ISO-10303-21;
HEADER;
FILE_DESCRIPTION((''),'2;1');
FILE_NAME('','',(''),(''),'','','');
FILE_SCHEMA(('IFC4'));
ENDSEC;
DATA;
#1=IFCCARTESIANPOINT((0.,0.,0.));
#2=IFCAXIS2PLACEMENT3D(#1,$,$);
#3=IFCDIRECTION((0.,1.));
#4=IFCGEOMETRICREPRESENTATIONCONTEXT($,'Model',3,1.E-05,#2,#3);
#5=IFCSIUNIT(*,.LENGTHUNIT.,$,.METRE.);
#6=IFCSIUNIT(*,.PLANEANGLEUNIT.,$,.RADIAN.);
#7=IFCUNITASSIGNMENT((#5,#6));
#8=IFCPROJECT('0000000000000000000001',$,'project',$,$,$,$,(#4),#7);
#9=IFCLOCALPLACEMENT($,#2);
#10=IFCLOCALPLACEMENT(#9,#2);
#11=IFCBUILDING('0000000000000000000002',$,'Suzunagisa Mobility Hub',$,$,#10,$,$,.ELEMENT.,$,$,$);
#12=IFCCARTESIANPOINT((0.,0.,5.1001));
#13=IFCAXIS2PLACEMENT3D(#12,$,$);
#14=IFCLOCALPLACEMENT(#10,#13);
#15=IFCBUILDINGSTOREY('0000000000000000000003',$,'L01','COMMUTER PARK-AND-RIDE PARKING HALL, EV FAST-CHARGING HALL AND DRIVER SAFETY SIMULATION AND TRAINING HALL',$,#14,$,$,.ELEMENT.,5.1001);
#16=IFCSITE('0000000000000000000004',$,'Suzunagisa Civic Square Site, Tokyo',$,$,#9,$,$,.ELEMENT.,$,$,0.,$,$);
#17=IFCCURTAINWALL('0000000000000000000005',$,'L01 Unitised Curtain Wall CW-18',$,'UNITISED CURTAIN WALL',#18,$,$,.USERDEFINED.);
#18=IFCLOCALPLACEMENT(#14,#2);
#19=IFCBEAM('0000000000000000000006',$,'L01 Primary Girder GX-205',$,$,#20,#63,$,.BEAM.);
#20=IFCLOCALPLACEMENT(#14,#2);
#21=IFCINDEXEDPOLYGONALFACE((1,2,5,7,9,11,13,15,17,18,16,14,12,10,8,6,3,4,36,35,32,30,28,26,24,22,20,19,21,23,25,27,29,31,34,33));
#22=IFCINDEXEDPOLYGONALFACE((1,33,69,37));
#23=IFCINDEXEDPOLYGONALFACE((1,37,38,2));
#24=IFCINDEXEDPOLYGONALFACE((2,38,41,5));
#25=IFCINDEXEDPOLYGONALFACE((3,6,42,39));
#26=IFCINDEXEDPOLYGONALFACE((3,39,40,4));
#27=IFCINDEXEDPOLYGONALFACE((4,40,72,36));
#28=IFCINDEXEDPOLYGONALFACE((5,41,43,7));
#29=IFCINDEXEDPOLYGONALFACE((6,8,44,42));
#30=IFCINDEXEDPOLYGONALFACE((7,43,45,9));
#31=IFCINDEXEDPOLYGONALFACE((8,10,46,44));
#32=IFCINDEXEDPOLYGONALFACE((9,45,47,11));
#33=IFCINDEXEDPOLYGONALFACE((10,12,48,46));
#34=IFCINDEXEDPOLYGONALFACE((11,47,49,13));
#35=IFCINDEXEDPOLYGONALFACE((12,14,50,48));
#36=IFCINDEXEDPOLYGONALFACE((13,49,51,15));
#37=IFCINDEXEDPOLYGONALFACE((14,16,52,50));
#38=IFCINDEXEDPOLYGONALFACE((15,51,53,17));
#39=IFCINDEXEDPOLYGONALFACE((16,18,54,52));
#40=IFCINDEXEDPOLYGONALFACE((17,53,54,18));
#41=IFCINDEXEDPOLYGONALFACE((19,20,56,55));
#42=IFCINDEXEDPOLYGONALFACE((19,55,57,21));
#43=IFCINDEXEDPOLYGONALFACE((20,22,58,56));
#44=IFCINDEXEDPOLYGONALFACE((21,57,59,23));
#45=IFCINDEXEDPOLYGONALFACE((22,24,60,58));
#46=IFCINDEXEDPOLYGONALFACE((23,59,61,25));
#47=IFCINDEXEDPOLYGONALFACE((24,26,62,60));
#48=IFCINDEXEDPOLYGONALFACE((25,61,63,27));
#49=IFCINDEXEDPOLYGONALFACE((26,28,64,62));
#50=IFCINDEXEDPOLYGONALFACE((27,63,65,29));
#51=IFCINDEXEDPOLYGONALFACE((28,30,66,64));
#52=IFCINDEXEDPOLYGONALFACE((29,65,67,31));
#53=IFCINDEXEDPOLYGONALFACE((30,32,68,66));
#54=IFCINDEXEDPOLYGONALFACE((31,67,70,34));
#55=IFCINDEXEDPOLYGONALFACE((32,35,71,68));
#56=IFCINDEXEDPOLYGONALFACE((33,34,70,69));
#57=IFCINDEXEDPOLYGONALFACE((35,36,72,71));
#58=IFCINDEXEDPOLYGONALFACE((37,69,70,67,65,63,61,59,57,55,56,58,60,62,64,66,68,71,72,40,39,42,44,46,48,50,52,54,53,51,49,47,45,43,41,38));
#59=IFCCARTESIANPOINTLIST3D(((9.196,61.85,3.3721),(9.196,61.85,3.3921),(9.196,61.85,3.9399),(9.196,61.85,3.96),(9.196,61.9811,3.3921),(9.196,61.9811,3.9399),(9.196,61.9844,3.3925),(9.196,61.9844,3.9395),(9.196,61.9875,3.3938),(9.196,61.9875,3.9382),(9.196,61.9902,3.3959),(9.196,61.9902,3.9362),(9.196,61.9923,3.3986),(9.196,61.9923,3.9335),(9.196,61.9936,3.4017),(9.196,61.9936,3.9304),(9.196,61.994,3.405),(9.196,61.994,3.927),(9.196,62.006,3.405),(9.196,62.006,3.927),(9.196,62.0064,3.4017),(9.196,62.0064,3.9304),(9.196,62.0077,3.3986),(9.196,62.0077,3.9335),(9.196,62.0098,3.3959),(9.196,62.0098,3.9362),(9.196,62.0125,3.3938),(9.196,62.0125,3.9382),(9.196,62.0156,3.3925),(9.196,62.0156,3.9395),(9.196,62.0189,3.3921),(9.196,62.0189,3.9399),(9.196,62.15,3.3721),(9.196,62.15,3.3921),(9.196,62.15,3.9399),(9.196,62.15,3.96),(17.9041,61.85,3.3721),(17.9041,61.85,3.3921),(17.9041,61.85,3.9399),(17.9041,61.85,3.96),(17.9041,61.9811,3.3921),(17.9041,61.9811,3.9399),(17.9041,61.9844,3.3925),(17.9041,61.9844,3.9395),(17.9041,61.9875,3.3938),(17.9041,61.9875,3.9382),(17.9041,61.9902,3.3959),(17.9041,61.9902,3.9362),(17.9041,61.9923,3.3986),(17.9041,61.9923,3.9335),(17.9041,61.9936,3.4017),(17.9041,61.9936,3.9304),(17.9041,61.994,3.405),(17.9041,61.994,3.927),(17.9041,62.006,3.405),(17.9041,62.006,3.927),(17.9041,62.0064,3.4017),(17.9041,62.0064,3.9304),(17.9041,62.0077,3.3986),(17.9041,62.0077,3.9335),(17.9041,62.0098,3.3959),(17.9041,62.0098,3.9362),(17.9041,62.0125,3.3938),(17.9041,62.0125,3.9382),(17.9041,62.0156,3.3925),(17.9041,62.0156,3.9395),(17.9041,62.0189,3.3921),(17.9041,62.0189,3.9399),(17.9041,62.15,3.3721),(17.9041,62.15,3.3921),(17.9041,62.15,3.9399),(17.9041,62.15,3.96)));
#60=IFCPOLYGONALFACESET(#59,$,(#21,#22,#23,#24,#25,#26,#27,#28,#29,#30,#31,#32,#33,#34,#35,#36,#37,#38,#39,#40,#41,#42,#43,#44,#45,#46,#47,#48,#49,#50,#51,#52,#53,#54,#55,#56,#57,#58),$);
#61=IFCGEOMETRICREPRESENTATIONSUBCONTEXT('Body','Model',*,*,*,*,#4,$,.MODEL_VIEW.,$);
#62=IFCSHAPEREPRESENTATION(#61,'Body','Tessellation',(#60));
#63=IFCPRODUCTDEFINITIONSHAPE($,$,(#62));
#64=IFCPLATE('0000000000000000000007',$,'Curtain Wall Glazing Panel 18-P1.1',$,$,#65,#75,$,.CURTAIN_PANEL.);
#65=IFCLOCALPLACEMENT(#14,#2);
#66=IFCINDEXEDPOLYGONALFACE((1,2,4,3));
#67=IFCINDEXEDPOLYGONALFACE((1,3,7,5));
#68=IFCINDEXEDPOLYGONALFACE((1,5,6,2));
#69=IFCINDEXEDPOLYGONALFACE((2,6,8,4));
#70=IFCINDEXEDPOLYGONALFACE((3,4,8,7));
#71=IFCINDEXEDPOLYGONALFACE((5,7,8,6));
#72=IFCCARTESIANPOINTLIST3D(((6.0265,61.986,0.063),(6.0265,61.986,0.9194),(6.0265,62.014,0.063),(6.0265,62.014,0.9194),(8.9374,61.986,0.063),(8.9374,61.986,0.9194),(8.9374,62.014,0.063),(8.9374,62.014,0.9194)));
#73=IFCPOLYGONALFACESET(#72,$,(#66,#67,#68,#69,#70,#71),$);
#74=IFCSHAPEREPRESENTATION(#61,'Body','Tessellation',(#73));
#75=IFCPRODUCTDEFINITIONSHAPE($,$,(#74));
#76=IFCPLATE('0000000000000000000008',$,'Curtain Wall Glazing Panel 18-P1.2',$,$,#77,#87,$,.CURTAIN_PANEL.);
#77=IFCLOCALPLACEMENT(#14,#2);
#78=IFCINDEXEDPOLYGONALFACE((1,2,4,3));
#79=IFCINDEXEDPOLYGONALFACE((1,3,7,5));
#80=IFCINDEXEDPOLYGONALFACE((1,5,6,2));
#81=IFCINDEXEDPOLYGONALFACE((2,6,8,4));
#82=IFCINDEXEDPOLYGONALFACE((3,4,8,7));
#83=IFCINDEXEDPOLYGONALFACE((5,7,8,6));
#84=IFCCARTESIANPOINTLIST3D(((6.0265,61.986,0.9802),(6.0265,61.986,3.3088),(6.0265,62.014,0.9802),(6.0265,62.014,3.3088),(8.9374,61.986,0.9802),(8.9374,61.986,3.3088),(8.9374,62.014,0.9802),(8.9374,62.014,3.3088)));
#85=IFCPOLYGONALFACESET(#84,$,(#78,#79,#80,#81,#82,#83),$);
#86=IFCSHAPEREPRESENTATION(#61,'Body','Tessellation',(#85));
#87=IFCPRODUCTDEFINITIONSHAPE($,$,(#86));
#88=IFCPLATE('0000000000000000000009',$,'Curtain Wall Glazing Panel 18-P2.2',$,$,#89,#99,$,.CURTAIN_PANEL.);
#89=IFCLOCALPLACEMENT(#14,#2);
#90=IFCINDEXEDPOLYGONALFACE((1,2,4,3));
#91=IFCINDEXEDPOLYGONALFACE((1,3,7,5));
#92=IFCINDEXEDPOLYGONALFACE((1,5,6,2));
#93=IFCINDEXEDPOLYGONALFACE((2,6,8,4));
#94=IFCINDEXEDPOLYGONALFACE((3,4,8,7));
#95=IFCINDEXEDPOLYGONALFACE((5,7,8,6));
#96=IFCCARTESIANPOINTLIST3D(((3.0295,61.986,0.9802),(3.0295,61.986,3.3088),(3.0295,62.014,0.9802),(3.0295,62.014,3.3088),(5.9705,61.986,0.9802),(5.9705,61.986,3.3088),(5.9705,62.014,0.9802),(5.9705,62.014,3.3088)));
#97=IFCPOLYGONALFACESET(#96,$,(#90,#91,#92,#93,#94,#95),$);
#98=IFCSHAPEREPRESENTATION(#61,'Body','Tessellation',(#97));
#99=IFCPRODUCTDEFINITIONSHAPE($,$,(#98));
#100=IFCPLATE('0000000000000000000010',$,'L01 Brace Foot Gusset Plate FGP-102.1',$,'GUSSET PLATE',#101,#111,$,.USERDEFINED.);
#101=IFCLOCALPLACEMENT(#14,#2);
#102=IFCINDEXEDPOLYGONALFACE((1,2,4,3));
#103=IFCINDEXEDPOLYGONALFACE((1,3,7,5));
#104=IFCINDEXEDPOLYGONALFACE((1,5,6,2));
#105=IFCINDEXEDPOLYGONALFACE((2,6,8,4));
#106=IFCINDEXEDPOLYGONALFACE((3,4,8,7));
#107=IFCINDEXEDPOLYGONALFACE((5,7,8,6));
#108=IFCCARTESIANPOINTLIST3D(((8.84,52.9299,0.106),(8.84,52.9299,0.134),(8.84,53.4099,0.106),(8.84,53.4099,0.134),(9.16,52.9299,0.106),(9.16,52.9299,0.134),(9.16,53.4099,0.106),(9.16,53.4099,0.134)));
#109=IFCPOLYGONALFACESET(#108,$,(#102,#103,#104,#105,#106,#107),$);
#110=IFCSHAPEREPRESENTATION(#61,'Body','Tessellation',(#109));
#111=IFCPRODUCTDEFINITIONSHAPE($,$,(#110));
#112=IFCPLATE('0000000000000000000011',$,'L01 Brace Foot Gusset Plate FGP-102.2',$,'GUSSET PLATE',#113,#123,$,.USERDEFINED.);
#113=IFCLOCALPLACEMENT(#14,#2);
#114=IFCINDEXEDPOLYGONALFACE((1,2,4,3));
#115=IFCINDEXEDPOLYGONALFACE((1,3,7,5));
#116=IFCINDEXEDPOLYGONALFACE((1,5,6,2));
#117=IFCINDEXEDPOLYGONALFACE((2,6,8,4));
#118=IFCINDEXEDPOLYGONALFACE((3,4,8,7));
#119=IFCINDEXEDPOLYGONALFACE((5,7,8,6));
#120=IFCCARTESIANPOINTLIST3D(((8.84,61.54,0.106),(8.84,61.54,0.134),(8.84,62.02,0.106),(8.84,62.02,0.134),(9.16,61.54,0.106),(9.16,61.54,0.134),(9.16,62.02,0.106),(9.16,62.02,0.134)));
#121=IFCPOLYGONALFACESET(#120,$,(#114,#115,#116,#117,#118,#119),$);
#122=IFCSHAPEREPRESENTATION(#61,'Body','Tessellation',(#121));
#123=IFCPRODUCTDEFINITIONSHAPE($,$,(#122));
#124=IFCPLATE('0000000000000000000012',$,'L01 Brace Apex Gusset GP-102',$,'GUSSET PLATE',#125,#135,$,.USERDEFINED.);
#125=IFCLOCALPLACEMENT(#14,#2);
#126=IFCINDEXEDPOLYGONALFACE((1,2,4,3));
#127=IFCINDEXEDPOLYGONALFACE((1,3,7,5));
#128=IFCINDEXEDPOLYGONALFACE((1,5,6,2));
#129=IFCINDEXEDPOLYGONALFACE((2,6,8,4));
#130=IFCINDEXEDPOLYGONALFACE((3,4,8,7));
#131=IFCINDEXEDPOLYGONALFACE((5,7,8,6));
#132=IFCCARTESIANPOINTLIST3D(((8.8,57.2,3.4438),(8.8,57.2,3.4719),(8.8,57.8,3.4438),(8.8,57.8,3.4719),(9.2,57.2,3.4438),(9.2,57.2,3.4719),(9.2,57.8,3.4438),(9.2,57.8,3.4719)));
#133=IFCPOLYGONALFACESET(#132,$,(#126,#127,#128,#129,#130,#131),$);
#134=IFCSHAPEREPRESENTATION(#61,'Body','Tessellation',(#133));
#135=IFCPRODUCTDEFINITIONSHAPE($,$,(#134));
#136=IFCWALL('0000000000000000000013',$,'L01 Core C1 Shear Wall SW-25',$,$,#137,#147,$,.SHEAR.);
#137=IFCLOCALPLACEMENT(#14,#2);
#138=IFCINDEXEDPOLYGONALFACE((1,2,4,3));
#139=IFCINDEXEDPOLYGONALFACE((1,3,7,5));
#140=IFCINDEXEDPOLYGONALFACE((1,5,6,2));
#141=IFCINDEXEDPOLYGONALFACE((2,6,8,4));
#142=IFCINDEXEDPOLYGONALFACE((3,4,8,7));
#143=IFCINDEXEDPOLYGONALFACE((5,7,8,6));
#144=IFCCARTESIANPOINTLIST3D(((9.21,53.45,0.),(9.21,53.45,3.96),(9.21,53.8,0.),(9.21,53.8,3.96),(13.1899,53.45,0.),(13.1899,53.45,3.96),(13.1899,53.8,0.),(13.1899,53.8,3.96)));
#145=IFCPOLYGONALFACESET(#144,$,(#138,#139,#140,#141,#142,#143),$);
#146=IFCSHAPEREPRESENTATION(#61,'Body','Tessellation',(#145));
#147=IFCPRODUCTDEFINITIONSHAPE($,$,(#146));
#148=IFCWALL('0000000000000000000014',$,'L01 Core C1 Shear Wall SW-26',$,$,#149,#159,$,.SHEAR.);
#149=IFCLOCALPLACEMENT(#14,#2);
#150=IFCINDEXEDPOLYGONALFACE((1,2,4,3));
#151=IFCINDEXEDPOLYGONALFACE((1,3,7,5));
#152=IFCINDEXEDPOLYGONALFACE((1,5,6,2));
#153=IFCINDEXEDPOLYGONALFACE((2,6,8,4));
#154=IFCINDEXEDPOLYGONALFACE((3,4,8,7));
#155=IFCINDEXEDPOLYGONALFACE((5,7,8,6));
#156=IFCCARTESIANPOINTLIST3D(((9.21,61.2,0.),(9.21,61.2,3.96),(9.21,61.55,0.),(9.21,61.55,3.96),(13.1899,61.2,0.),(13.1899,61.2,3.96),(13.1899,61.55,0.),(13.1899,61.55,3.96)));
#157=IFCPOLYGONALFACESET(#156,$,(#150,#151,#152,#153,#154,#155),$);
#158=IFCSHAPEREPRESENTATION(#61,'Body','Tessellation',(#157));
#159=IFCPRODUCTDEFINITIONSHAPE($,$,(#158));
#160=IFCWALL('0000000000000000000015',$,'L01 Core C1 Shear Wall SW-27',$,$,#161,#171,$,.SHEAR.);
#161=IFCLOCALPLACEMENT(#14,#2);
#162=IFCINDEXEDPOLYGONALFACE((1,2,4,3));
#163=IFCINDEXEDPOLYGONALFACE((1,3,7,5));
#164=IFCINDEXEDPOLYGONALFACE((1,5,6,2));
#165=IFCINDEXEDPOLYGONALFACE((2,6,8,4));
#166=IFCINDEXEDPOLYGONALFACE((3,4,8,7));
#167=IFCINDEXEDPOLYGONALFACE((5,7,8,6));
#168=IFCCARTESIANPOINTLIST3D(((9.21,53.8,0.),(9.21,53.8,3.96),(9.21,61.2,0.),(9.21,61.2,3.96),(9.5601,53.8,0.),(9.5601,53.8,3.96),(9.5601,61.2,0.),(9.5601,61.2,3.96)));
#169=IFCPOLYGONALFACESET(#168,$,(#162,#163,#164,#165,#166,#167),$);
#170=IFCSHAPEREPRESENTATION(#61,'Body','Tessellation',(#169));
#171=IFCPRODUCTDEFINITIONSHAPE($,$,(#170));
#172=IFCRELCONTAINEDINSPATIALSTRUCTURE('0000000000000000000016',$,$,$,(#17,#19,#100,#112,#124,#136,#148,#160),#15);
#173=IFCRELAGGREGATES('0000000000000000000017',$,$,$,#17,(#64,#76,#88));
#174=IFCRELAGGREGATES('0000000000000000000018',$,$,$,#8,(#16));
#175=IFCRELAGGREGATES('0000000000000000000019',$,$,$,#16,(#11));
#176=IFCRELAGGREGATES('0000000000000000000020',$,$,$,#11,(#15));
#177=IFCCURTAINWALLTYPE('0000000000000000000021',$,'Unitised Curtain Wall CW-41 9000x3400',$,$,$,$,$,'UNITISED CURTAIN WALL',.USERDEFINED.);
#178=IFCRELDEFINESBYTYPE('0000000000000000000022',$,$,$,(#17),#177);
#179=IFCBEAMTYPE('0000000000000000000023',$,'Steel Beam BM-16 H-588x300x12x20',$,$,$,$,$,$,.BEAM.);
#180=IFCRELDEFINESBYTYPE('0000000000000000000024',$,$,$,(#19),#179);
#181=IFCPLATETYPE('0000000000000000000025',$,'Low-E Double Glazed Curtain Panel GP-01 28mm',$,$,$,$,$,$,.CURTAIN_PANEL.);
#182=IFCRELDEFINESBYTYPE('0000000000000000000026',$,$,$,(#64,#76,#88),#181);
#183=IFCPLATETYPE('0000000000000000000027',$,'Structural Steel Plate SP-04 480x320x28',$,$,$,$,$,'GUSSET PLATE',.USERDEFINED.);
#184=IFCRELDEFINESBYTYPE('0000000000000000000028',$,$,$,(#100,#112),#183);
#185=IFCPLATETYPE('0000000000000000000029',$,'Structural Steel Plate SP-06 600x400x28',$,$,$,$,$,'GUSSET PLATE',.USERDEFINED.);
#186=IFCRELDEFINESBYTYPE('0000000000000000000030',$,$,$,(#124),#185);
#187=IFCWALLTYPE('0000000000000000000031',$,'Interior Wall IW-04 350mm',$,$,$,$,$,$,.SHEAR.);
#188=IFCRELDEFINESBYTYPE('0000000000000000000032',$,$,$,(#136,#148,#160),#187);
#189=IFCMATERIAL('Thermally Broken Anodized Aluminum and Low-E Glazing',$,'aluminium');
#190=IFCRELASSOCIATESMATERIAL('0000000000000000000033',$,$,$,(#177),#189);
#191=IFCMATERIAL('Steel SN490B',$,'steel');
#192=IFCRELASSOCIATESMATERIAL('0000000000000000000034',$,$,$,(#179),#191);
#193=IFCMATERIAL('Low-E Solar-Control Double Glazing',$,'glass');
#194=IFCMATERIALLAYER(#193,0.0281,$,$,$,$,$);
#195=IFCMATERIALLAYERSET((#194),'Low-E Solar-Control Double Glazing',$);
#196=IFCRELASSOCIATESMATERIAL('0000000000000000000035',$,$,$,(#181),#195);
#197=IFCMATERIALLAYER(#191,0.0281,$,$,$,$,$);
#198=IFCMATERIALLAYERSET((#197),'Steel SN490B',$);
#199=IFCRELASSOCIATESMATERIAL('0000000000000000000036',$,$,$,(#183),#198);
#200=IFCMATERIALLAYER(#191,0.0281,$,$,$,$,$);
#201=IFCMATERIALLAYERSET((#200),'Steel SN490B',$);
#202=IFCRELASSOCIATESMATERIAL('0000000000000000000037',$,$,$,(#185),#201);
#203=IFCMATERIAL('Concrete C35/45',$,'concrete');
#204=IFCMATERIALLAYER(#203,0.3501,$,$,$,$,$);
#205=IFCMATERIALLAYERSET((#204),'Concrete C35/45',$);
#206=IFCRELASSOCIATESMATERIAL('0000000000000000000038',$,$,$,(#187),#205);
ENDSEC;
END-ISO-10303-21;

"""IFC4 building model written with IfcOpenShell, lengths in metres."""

from ifc_helpers import new_model, si_unit, direction, frame, frame_2d, origin, origin_2d, place, context, subcontext, project, spatial, rectangle, i_section, extrude, material, layer, layer_set, material_profile, profile_set, type_object, element, aggregate, save


model = new_model("IFC4")

# Units and contexts
model_context = context("Model", 3, precision=1e-05, world=origin(), true_north=direction((0.0, 1.0)))
body_context = subcontext(model_context, "Body", "Model", "MODEL_VIEW")
ifc_project = project(units=[si_unit("LENGTHUNIT", "METRE"), si_unit("PLANEANGLEUNIT", "RADIAN")], contexts=[model_context])

# Site, building, storey
site_placement = place(None, origin())
site = spatial("IfcSite", under=ifc_project, at=site_placement, Name="Suzunagisa Civic Square Site, Tokyo", CompositionType="ELEMENT", RefElevation=0.0)
building_placement = place(site_placement, origin())
building = spatial("IfcBuilding", under=site, at=building_placement, Name="Suzunagisa Mobility Hub", CompositionType="ELEMENT")
storey_placement = place(building_placement, frame((0.0, 0.0, 5.1001)))
storey = spatial("IfcBuildingStorey", under=building, at=storey_placement, Name="L01", Description="COMMUTER PARK-AND-RIDE PARKING HALL, EV FAST-CHARGING HALL AND DRIVER SAFETY SIMULATION AND TRAINING HALL", CompositionType="ELEMENT", Elevation=5.1001)

# Shared definitions
ifc_material_1 = material(Name="Steel SN490B", Category="steel")

# Curtain wall
ifc_material_2 = material(Name="Thermally Broken Anodized Aluminum and Low-E Glazing", Category="aluminium")
curtain_wall_type = type_object("IfcCurtainWallType", Name="Unitised Curtain Wall CW-41 9000x3400", ElementType="UNITISED CURTAIN WALL", PredefinedType="USERDEFINED", material=ifc_material_2)
curtain_wall_placement = place(storey_placement, origin())
curtain_wall = element("IfcCurtainWall", 1, at=curtain_wall_placement, inside=storey, type_object=curtain_wall_type, Name="L01 Unitised Curtain Wall CW-18", ObjectType="UNITISED CURTAIN WALL", PredefinedType="USERDEFINED")

# Beam
ifc_material_profile_1 = material_profile(ifc_material_1, i_section(OverallWidth=0.3, OverallDepth=0.5879, WebThickness=0.012, FlangeThickness=0.02, FilletRadius=0.0129, at=origin_2d()), Name="H-588x300x12x20")
ifc_profile_set_1 = profile_set([ifc_material_profile_1], Name="Steel SN490B")
beam_type_1 = type_object("IfcBeamType", Name="Steel Beam BM-16 H-588x300x12x20", PredefinedType="BEAM", material=ifc_profile_set_1)
beam_1_placement = place(storey_placement, frame((9.196, 62.0, 3.666), z_axis=(1.0, 0.0, 0.0), x_axis=(0.0, 1.0, 0.0)))
element("IfcBeam", 2, at=beam_1_placement, inside=storey, type_object=beam_type_1, Name="L01 Primary Girder GX-205", PredefinedType="BEAM", context=body_context, shape_type="SweptSolid", body=[
    extrude(i_section(OverallWidth=0.3, OverallDepth=0.5879, WebThickness=0.012, FlangeThickness=0.02, FilletRadius=0.0129, at=origin_2d()), origin(), (0.0, 0.0, 1.0), 8.708),
])

# Plates
ifc_material_3 = material(Name="Low-E Solar-Control Double Glazing", Category="glass")
ifc_layer_1 = layer(ifc_material_3, 0.0281)
ifc_layer_set_1 = layer_set([ifc_layer_1], Name="Low-E Solar-Control Double Glazing")
plate_type_1 = type_object("IfcPlateType", Name="Low-E Double Glazed Curtain Panel GP-01 28mm", PredefinedType="CURTAIN_PANEL", material=ifc_layer_set_1)
plate_1_placement = place(storey_placement, frame((7.4819, 62.0, 0.063), z_axis=(0.0, 0.0, 1.0), x_axis=(-1.0, 0.0, 0.0)))
plate_1 = element("IfcPlate", 3, at=plate_1_placement, type_object=plate_type_1, Name="Curtain Wall Glazing Panel 18-P1.1", PredefinedType="CURTAIN_PANEL", context=body_context, shape_type="SweptSolid", body=[
    extrude(rectangle(XDim=2.9109, YDim=0.0281, at=origin_2d()), origin(), (0.0, 0.0, 1.0), 0.8564),
])
plate_2_placement = place(storey_placement, frame((7.4819, 62.0, 0.9802), z_axis=(0.0, 0.0, 1.0), x_axis=(-1.0, 0.0, 0.0)))
plate_2 = element("IfcPlate", 4, at=plate_2_placement, type_object=plate_type_1, Name="Curtain Wall Glazing Panel 18-P1.2", PredefinedType="CURTAIN_PANEL", context=body_context, shape_type="SweptSolid", body=[
    extrude(rectangle(XDim=2.9109, YDim=0.0281, at=origin_2d()), origin(), (0.0, 0.0, 1.0), 2.3286),
])
plate_3_placement = place(storey_placement, frame((4.5, 62.0, 0.9802), z_axis=(0.0, 0.0, 1.0), x_axis=(-1.0, 0.0, 0.0)))
plate_3 = element("IfcPlate", 5, at=plate_3_placement, type_object=plate_type_1, Name="Curtain Wall Glazing Panel 18-P2.2", PredefinedType="CURTAIN_PANEL", context=body_context, shape_type="SweptSolid", body=[
    extrude(rectangle(XDim=2.9409, YDim=0.0281, at=origin_2d()), origin(), (0.0, 0.0, 1.0), 2.3286),
])
aggregate(curtain_wall, [plate_1, plate_2, plate_3])

# Plates
ifc_layer_2 = layer(ifc_material_1, 0.0281)
ifc_layer_set_2 = layer_set([ifc_layer_2], Name="Steel SN490B")
plate_type_2 = type_object("IfcPlateType", Name="Structural Steel Plate SP-04 480x320x28", ElementType="GUSSET PLATE", PredefinedType="USERDEFINED", material=ifc_layer_set_2)
for number, where, z_axis, x_axis, name in (
    (6, (9.0, 53.1699, 0.106), (0.0, 0.0, 1.0), (1.0, 0.0, 0.0), "L01 Brace Foot Gusset Plate FGP-102.1"),
    (7, (9.0, 61.78, 0.106), (0.0, 0.0, 1.0), (1.0, 0.0, 0.0), "L01 Brace Foot Gusset Plate FGP-102.2"),
):
    element("IfcPlate", number, at=place(storey_placement, frame(where, z_axis=z_axis, x_axis=x_axis)), inside=storey, type_object=plate_type_2, Name=name, ObjectType="GUSSET PLATE", PredefinedType="USERDEFINED", context=body_context, shape_type="SweptSolid", body=[
        extrude(rectangle(XDim=0.3201, YDim=0.48, at=origin_2d()), origin(), (0.0, 0.0, 1.0), 0.0281),
    ])
ifc_layer_3 = layer(ifc_material_1, 0.0281)
ifc_layer_set_3 = layer_set([ifc_layer_3], Name="Steel SN490B")
plate_type_3 = type_object("IfcPlateType", Name="Structural Steel Plate SP-06 600x400x28", ElementType="GUSSET PLATE", PredefinedType="USERDEFINED", material=ifc_layer_set_3)
plate_4_placement = place(storey_placement, frame((9.0, 57.5, 3.4438), z_axis=(0.0, 0.0, 1.0), x_axis=(1.0, 0.0, 0.0)))
element("IfcPlate", 8, at=plate_4_placement, inside=storey, type_object=plate_type_3, Name="L01 Brace Apex Gusset GP-102", ObjectType="GUSSET PLATE", PredefinedType="USERDEFINED", context=body_context, shape_type="SweptSolid", body=[
    extrude(rectangle(XDim=0.3999, YDim=0.6001, at=origin_2d()), origin(), (0.0, 0.0, 1.0), 0.0281),
])

# Walls
ifc_material_4 = material(Name="Concrete C35/45", Category="concrete")
ifc_layer_4 = layer(ifc_material_4, 0.3501)
ifc_layer_set_4 = layer_set([ifc_layer_4], Name="Concrete C35/45")
wall_type = type_object("IfcWallType", Name="Interior Wall IW-04 350mm", PredefinedType="SHEAR", material=ifc_layer_set_4)
for number, where, z_axis, x_axis, name in (
    (9, (9.21, 53.625, 0.0), (0.0, 0.0, 1.0), (1.0, 0.0, 0.0), "L01 Core C1 Shear Wall SW-25"),
    (10, (9.21, 61.375, 0.0), (0.0, 0.0, 1.0), (1.0, 0.0, 0.0), "L01 Core C1 Shear Wall SW-26"),
):
    element("IfcWall", number, at=place(storey_placement, frame(where, z_axis=z_axis, x_axis=x_axis)), inside=storey, type_object=wall_type, Name=name, PredefinedType="SHEAR", context=body_context, shape_type="SweptSolid", body=[
        extrude(rectangle(XDim=3.98, YDim=0.3501, at=frame_2d((1.99, 0.0))), origin(), (0.0, 0.0, 1.0), 3.96),
    ])
wall_placement = place(storey_placement, frame((9.385, 53.8, 0.0), z_axis=(0.0, 0.0, 1.0), x_axis=(0.0, 1.0, 0.0)))
element("IfcWall", 11, at=wall_placement, inside=storey, type_object=wall_type, Name="L01 Core C1 Shear Wall SW-27", PredefinedType="SHEAR", context=body_context, shape_type="SweptSolid", body=[
    extrude(rectangle(XDim=7.3999, YDim=0.3501, at=frame_2d((3.7, 0.0))), origin(), (0.0, 0.0, 1.0), 3.96),
])

save(model, "model.ifc")
